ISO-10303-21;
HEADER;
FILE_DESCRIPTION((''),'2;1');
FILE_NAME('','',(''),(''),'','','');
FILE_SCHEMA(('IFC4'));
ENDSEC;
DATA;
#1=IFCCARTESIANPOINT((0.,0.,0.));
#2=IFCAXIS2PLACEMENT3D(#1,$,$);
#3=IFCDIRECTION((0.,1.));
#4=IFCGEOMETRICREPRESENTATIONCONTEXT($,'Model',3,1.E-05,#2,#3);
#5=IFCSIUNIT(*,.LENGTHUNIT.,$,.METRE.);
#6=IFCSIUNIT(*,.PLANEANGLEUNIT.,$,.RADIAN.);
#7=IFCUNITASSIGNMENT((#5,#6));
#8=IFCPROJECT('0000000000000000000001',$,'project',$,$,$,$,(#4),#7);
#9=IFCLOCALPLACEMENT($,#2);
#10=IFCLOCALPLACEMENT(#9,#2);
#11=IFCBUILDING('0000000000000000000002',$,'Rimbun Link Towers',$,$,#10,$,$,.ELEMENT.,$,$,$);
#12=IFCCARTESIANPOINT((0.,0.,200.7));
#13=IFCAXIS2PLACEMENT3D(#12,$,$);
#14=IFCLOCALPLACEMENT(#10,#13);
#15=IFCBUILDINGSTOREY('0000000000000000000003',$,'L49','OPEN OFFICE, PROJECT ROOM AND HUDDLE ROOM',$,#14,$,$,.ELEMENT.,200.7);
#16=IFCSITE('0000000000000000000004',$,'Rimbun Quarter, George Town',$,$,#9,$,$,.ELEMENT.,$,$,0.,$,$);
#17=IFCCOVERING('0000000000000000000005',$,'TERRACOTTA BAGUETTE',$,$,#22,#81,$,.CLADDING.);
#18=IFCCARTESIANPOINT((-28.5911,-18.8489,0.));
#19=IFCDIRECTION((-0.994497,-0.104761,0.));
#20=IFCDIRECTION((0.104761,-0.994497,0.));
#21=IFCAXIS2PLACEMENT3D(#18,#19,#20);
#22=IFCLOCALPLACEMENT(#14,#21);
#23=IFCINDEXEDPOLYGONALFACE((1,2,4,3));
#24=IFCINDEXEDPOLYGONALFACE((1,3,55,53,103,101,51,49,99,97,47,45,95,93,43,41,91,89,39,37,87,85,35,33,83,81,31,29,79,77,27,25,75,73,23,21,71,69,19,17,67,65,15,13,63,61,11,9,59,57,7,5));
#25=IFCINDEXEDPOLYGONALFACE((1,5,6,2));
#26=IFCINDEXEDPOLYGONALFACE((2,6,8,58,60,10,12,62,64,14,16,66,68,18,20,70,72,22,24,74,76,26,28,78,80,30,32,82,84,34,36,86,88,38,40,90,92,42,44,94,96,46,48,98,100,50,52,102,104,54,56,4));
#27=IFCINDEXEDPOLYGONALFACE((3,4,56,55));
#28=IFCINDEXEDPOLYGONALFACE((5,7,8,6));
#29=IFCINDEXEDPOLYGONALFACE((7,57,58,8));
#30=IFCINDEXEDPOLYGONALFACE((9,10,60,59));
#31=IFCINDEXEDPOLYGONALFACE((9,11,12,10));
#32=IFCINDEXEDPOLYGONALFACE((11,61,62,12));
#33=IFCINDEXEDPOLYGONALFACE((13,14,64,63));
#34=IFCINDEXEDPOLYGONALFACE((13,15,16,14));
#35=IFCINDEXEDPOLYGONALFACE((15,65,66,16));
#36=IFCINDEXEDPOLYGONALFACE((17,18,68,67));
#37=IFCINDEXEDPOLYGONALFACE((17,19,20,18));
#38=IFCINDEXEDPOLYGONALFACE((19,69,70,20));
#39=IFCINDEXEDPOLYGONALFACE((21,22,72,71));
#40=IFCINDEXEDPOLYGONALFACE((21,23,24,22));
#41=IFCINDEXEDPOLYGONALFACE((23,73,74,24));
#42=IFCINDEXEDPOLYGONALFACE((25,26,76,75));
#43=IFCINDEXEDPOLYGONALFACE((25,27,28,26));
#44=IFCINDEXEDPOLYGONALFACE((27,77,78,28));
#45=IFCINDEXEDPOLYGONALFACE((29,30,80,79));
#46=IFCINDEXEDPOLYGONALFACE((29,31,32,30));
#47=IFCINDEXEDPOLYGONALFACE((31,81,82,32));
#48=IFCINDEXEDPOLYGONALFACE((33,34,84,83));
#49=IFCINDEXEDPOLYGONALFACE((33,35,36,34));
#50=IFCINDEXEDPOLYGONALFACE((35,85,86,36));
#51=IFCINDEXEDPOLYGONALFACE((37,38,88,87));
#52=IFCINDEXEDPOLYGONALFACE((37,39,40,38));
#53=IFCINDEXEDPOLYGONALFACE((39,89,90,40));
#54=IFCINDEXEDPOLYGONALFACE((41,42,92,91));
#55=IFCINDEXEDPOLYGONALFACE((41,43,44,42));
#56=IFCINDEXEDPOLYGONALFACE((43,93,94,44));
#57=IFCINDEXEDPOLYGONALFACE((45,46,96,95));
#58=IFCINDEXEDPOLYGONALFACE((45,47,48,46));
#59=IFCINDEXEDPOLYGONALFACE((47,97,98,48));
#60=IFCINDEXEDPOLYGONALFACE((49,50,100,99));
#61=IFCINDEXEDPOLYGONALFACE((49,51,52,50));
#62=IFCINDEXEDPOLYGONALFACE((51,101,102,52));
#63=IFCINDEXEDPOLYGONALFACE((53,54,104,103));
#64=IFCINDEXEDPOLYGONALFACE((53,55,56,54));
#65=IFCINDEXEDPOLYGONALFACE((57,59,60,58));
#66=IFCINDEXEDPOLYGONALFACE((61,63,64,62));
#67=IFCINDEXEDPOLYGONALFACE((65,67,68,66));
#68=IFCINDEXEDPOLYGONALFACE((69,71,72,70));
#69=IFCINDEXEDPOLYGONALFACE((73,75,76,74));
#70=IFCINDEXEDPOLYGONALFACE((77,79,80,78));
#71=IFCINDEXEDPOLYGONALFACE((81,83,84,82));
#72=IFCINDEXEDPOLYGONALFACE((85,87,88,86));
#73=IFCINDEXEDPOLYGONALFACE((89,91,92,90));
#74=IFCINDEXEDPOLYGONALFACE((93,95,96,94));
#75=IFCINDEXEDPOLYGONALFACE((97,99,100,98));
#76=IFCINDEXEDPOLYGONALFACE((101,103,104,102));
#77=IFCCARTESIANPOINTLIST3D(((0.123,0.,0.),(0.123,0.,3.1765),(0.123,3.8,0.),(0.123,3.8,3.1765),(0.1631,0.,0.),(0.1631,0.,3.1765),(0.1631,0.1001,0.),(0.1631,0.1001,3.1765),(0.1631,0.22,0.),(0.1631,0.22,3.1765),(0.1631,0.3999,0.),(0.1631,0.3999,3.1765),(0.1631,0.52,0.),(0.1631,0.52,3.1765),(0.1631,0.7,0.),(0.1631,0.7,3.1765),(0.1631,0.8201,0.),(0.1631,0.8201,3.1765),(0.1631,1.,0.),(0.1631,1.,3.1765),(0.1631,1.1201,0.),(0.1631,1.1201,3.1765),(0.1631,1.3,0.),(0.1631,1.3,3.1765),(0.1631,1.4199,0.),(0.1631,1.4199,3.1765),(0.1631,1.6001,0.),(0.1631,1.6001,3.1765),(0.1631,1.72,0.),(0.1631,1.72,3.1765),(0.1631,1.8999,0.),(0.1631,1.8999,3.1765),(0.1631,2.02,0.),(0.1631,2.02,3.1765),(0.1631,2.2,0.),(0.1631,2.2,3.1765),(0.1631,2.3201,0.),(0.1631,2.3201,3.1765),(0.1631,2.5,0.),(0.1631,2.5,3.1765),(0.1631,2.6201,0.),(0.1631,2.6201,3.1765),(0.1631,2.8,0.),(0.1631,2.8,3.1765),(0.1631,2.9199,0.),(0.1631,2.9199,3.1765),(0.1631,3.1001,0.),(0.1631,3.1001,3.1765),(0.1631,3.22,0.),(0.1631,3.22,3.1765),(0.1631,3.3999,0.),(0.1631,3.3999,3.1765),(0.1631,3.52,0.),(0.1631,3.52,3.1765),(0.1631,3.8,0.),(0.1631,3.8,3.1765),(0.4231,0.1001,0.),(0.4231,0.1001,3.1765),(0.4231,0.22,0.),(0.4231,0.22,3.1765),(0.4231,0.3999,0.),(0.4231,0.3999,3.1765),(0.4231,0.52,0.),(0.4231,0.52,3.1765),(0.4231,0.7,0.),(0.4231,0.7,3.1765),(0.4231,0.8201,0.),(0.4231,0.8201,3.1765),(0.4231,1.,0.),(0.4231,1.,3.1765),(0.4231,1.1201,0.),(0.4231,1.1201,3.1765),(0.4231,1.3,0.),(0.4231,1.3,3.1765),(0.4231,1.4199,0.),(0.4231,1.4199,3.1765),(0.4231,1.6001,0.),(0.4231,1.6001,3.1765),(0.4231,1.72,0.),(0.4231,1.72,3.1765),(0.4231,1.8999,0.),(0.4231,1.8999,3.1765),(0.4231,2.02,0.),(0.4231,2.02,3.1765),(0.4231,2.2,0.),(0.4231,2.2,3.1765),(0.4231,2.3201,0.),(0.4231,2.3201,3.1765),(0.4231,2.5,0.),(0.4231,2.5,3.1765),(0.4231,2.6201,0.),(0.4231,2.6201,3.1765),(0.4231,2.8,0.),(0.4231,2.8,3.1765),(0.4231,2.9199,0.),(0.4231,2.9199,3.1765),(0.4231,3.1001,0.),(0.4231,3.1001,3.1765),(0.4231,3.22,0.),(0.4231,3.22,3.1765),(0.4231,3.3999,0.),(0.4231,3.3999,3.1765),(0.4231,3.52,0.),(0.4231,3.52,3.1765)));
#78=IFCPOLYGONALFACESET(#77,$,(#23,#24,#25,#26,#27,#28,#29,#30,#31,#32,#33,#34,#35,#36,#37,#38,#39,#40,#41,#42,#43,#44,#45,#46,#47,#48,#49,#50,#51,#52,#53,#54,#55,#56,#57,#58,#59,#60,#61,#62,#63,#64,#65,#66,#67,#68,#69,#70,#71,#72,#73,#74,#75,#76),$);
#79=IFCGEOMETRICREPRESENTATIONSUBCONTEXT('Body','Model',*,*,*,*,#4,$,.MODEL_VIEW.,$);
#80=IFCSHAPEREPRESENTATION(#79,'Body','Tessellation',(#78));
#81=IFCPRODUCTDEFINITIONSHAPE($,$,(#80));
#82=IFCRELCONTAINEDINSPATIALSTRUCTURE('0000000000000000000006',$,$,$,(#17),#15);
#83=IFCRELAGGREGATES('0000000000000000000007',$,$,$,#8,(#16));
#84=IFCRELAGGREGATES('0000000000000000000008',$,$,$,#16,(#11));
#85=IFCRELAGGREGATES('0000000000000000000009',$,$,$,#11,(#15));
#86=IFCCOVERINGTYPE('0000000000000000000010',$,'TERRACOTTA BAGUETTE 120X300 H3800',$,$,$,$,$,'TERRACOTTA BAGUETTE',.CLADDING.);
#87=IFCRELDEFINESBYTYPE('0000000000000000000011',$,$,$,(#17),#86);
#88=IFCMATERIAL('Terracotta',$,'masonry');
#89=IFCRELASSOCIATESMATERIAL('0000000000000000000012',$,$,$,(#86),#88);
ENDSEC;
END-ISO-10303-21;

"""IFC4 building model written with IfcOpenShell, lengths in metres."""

from ifc_helpers import new_model, si_unit, direction, frame, origin, place, context, subcontext, project, spatial, polyline, outline, extrude, material, material_profile, profile_set, type_object, element, save


model = new_model("IFC4")

# Units and contexts
model_context = context("Model", 3, precision=1e-05, world=origin(), true_north=direction((0.0, 1.0)))
body_context = subcontext(model_context, "Body", "Model", "MODEL_VIEW")
ifc_project = project(units=[si_unit("LENGTHUNIT", "METRE"), si_unit("PLANEANGLEUNIT", "RADIAN")], contexts=[model_context])

# Site, building, storey
site_placement = place(None, origin())
site = spatial("IfcSite", under=ifc_project, at=site_placement, Name="Rimbun Quarter, George Town", CompositionType="ELEMENT", RefElevation=0.0)
building_placement = place(site_placement, origin())
building = spatial("IfcBuilding", under=site, at=building_placement, Name="Rimbun Link Towers", CompositionType="ELEMENT")
storey_placement = place(building_placement, frame((0.0, 0.0, 200.7)))
storey = spatial("IfcBuildingStorey", under=building, at=storey_placement, Name="L49", Description="OPEN OFFICE, PROJECT ROOM AND HUDDLE ROOM", CompositionType="ELEMENT", Elevation=200.7)

# Covering
ifc_material_1 = material(Name="Terracotta", Category="masonry")
ifc_material_profile_1 = material_profile(ifc_material_1, outline(polyline([(0.123, 0.0), (0.1631, 0.0), (0.1631, 0.1001), (0.4231, 0.1001), (0.4231, 0.22), (0.1631, 0.22), (0.1631, 0.3999), (0.4231, 0.3999), (0.4231, 0.52), (0.1631, 0.52), (0.1631, 0.7), (0.4231, 0.7), (0.4231, 0.8201), (0.1631, 0.8201), (0.1631, 1.0), (0.4231, 1.0), (0.4231, 1.1201), (0.1631, 1.1201), (0.1631, 1.3), (0.4231, 1.3), (0.4231, 1.4199), (0.1631, 1.4199), (0.1631, 1.6001), (0.4231, 1.6001), (0.4231, 1.72), (0.1631, 1.72), (0.1631, 1.8999), (0.4231, 1.8999), (0.4231, 2.02), (0.1631, 2.02), (0.1631, 2.2), (0.4231, 2.2), (0.4231, 2.3201), (0.1631, 2.3201), (0.1631, 2.5), (0.4231, 2.5), (0.4231, 2.6201), (0.1631, 2.6201), (0.1631, 2.8), (0.4231, 2.8), (0.4231, 2.9199), (0.1631, 2.9199), (0.1631, 3.1001), (0.4231, 3.1001), (0.4231, 3.22), (0.1631, 3.22), (0.1631, 3.3999), (0.4231, 3.3999), (0.4231, 3.52), (0.1631, 3.52), (0.1631, 3.8), (0.123, 3.8), (0.123, 0.0)])), Name="BAGUETTE 120X300")
ifc_profile_set_1 = profile_set([ifc_material_profile_1], Name="Terracotta")
covering_type = type_object("IfcCoveringType", Name="TERRACOTTA BAGUETTE 120X300 H3800", ElementType="TERRACOTTA BAGUETTE", PredefinedType="CLADDING", material=ifc_profile_set_1)
for number, where, z_axis, x_axis, name in (
    (1, (-28.5911, -18.8489, 0.0), (-0.994497, -0.104761, 0.0), (0.104761, -0.994497, 0.0), "TERRACOTTA BAGUETTE"),
):
    element("IfcCovering", number, at=place(storey_placement, frame(where, z_axis=z_axis, x_axis=x_axis)), inside=storey, type_object=covering_type, Name=name, PredefinedType="CLADDING", context=body_context, shape_type="SweptSolid", body=[
        extrude(outline(polyline([(0.123, 0.0), (0.1631, 0.0), (0.1631, 0.1001), (0.4231, 0.1001), (0.4231, 0.22), (0.1631, 0.22), (0.1631, 0.3999), (0.4231, 0.3999), (0.4231, 0.52), (0.1631, 0.52), (0.1631, 0.7), (0.4231, 0.7), (0.4231, 0.8201), (0.1631, 0.8201), (0.1631, 1.0), (0.4231, 1.0), (0.4231, 1.1201), (0.1631, 1.1201), (0.1631, 1.3), (0.4231, 1.3), (0.4231, 1.4199), (0.1631, 1.4199), (0.1631, 1.6001), (0.4231, 1.6001), (0.4231, 1.72), (0.1631, 1.72), (0.1631, 1.8999), (0.4231, 1.8999), (0.4231, 2.02), (0.1631, 2.02), (0.1631, 2.2), (0.4231, 2.2), (0.4231, 2.3201), (0.1631, 2.3201), (0.1631, 2.5), (0.4231, 2.5), (0.4231, 2.6201), (0.1631, 2.6201), (0.1631, 2.8), (0.4231, 2.8), (0.4231, 2.9199), (0.1631, 2.9199), (0.1631, 3.1001), (0.4231, 3.1001), (0.4231, 3.22), (0.1631, 3.22), (0.1631, 3.3999), (0.4231, 3.3999), (0.4231, 3.52), (0.1631, 3.52), (0.1631, 3.8), (0.123, 3.8), (0.123, 0.0)])), origin(), (0.0, 0.0, 1.0), 3.1765),
    ])

save(model, "model.ifc")
